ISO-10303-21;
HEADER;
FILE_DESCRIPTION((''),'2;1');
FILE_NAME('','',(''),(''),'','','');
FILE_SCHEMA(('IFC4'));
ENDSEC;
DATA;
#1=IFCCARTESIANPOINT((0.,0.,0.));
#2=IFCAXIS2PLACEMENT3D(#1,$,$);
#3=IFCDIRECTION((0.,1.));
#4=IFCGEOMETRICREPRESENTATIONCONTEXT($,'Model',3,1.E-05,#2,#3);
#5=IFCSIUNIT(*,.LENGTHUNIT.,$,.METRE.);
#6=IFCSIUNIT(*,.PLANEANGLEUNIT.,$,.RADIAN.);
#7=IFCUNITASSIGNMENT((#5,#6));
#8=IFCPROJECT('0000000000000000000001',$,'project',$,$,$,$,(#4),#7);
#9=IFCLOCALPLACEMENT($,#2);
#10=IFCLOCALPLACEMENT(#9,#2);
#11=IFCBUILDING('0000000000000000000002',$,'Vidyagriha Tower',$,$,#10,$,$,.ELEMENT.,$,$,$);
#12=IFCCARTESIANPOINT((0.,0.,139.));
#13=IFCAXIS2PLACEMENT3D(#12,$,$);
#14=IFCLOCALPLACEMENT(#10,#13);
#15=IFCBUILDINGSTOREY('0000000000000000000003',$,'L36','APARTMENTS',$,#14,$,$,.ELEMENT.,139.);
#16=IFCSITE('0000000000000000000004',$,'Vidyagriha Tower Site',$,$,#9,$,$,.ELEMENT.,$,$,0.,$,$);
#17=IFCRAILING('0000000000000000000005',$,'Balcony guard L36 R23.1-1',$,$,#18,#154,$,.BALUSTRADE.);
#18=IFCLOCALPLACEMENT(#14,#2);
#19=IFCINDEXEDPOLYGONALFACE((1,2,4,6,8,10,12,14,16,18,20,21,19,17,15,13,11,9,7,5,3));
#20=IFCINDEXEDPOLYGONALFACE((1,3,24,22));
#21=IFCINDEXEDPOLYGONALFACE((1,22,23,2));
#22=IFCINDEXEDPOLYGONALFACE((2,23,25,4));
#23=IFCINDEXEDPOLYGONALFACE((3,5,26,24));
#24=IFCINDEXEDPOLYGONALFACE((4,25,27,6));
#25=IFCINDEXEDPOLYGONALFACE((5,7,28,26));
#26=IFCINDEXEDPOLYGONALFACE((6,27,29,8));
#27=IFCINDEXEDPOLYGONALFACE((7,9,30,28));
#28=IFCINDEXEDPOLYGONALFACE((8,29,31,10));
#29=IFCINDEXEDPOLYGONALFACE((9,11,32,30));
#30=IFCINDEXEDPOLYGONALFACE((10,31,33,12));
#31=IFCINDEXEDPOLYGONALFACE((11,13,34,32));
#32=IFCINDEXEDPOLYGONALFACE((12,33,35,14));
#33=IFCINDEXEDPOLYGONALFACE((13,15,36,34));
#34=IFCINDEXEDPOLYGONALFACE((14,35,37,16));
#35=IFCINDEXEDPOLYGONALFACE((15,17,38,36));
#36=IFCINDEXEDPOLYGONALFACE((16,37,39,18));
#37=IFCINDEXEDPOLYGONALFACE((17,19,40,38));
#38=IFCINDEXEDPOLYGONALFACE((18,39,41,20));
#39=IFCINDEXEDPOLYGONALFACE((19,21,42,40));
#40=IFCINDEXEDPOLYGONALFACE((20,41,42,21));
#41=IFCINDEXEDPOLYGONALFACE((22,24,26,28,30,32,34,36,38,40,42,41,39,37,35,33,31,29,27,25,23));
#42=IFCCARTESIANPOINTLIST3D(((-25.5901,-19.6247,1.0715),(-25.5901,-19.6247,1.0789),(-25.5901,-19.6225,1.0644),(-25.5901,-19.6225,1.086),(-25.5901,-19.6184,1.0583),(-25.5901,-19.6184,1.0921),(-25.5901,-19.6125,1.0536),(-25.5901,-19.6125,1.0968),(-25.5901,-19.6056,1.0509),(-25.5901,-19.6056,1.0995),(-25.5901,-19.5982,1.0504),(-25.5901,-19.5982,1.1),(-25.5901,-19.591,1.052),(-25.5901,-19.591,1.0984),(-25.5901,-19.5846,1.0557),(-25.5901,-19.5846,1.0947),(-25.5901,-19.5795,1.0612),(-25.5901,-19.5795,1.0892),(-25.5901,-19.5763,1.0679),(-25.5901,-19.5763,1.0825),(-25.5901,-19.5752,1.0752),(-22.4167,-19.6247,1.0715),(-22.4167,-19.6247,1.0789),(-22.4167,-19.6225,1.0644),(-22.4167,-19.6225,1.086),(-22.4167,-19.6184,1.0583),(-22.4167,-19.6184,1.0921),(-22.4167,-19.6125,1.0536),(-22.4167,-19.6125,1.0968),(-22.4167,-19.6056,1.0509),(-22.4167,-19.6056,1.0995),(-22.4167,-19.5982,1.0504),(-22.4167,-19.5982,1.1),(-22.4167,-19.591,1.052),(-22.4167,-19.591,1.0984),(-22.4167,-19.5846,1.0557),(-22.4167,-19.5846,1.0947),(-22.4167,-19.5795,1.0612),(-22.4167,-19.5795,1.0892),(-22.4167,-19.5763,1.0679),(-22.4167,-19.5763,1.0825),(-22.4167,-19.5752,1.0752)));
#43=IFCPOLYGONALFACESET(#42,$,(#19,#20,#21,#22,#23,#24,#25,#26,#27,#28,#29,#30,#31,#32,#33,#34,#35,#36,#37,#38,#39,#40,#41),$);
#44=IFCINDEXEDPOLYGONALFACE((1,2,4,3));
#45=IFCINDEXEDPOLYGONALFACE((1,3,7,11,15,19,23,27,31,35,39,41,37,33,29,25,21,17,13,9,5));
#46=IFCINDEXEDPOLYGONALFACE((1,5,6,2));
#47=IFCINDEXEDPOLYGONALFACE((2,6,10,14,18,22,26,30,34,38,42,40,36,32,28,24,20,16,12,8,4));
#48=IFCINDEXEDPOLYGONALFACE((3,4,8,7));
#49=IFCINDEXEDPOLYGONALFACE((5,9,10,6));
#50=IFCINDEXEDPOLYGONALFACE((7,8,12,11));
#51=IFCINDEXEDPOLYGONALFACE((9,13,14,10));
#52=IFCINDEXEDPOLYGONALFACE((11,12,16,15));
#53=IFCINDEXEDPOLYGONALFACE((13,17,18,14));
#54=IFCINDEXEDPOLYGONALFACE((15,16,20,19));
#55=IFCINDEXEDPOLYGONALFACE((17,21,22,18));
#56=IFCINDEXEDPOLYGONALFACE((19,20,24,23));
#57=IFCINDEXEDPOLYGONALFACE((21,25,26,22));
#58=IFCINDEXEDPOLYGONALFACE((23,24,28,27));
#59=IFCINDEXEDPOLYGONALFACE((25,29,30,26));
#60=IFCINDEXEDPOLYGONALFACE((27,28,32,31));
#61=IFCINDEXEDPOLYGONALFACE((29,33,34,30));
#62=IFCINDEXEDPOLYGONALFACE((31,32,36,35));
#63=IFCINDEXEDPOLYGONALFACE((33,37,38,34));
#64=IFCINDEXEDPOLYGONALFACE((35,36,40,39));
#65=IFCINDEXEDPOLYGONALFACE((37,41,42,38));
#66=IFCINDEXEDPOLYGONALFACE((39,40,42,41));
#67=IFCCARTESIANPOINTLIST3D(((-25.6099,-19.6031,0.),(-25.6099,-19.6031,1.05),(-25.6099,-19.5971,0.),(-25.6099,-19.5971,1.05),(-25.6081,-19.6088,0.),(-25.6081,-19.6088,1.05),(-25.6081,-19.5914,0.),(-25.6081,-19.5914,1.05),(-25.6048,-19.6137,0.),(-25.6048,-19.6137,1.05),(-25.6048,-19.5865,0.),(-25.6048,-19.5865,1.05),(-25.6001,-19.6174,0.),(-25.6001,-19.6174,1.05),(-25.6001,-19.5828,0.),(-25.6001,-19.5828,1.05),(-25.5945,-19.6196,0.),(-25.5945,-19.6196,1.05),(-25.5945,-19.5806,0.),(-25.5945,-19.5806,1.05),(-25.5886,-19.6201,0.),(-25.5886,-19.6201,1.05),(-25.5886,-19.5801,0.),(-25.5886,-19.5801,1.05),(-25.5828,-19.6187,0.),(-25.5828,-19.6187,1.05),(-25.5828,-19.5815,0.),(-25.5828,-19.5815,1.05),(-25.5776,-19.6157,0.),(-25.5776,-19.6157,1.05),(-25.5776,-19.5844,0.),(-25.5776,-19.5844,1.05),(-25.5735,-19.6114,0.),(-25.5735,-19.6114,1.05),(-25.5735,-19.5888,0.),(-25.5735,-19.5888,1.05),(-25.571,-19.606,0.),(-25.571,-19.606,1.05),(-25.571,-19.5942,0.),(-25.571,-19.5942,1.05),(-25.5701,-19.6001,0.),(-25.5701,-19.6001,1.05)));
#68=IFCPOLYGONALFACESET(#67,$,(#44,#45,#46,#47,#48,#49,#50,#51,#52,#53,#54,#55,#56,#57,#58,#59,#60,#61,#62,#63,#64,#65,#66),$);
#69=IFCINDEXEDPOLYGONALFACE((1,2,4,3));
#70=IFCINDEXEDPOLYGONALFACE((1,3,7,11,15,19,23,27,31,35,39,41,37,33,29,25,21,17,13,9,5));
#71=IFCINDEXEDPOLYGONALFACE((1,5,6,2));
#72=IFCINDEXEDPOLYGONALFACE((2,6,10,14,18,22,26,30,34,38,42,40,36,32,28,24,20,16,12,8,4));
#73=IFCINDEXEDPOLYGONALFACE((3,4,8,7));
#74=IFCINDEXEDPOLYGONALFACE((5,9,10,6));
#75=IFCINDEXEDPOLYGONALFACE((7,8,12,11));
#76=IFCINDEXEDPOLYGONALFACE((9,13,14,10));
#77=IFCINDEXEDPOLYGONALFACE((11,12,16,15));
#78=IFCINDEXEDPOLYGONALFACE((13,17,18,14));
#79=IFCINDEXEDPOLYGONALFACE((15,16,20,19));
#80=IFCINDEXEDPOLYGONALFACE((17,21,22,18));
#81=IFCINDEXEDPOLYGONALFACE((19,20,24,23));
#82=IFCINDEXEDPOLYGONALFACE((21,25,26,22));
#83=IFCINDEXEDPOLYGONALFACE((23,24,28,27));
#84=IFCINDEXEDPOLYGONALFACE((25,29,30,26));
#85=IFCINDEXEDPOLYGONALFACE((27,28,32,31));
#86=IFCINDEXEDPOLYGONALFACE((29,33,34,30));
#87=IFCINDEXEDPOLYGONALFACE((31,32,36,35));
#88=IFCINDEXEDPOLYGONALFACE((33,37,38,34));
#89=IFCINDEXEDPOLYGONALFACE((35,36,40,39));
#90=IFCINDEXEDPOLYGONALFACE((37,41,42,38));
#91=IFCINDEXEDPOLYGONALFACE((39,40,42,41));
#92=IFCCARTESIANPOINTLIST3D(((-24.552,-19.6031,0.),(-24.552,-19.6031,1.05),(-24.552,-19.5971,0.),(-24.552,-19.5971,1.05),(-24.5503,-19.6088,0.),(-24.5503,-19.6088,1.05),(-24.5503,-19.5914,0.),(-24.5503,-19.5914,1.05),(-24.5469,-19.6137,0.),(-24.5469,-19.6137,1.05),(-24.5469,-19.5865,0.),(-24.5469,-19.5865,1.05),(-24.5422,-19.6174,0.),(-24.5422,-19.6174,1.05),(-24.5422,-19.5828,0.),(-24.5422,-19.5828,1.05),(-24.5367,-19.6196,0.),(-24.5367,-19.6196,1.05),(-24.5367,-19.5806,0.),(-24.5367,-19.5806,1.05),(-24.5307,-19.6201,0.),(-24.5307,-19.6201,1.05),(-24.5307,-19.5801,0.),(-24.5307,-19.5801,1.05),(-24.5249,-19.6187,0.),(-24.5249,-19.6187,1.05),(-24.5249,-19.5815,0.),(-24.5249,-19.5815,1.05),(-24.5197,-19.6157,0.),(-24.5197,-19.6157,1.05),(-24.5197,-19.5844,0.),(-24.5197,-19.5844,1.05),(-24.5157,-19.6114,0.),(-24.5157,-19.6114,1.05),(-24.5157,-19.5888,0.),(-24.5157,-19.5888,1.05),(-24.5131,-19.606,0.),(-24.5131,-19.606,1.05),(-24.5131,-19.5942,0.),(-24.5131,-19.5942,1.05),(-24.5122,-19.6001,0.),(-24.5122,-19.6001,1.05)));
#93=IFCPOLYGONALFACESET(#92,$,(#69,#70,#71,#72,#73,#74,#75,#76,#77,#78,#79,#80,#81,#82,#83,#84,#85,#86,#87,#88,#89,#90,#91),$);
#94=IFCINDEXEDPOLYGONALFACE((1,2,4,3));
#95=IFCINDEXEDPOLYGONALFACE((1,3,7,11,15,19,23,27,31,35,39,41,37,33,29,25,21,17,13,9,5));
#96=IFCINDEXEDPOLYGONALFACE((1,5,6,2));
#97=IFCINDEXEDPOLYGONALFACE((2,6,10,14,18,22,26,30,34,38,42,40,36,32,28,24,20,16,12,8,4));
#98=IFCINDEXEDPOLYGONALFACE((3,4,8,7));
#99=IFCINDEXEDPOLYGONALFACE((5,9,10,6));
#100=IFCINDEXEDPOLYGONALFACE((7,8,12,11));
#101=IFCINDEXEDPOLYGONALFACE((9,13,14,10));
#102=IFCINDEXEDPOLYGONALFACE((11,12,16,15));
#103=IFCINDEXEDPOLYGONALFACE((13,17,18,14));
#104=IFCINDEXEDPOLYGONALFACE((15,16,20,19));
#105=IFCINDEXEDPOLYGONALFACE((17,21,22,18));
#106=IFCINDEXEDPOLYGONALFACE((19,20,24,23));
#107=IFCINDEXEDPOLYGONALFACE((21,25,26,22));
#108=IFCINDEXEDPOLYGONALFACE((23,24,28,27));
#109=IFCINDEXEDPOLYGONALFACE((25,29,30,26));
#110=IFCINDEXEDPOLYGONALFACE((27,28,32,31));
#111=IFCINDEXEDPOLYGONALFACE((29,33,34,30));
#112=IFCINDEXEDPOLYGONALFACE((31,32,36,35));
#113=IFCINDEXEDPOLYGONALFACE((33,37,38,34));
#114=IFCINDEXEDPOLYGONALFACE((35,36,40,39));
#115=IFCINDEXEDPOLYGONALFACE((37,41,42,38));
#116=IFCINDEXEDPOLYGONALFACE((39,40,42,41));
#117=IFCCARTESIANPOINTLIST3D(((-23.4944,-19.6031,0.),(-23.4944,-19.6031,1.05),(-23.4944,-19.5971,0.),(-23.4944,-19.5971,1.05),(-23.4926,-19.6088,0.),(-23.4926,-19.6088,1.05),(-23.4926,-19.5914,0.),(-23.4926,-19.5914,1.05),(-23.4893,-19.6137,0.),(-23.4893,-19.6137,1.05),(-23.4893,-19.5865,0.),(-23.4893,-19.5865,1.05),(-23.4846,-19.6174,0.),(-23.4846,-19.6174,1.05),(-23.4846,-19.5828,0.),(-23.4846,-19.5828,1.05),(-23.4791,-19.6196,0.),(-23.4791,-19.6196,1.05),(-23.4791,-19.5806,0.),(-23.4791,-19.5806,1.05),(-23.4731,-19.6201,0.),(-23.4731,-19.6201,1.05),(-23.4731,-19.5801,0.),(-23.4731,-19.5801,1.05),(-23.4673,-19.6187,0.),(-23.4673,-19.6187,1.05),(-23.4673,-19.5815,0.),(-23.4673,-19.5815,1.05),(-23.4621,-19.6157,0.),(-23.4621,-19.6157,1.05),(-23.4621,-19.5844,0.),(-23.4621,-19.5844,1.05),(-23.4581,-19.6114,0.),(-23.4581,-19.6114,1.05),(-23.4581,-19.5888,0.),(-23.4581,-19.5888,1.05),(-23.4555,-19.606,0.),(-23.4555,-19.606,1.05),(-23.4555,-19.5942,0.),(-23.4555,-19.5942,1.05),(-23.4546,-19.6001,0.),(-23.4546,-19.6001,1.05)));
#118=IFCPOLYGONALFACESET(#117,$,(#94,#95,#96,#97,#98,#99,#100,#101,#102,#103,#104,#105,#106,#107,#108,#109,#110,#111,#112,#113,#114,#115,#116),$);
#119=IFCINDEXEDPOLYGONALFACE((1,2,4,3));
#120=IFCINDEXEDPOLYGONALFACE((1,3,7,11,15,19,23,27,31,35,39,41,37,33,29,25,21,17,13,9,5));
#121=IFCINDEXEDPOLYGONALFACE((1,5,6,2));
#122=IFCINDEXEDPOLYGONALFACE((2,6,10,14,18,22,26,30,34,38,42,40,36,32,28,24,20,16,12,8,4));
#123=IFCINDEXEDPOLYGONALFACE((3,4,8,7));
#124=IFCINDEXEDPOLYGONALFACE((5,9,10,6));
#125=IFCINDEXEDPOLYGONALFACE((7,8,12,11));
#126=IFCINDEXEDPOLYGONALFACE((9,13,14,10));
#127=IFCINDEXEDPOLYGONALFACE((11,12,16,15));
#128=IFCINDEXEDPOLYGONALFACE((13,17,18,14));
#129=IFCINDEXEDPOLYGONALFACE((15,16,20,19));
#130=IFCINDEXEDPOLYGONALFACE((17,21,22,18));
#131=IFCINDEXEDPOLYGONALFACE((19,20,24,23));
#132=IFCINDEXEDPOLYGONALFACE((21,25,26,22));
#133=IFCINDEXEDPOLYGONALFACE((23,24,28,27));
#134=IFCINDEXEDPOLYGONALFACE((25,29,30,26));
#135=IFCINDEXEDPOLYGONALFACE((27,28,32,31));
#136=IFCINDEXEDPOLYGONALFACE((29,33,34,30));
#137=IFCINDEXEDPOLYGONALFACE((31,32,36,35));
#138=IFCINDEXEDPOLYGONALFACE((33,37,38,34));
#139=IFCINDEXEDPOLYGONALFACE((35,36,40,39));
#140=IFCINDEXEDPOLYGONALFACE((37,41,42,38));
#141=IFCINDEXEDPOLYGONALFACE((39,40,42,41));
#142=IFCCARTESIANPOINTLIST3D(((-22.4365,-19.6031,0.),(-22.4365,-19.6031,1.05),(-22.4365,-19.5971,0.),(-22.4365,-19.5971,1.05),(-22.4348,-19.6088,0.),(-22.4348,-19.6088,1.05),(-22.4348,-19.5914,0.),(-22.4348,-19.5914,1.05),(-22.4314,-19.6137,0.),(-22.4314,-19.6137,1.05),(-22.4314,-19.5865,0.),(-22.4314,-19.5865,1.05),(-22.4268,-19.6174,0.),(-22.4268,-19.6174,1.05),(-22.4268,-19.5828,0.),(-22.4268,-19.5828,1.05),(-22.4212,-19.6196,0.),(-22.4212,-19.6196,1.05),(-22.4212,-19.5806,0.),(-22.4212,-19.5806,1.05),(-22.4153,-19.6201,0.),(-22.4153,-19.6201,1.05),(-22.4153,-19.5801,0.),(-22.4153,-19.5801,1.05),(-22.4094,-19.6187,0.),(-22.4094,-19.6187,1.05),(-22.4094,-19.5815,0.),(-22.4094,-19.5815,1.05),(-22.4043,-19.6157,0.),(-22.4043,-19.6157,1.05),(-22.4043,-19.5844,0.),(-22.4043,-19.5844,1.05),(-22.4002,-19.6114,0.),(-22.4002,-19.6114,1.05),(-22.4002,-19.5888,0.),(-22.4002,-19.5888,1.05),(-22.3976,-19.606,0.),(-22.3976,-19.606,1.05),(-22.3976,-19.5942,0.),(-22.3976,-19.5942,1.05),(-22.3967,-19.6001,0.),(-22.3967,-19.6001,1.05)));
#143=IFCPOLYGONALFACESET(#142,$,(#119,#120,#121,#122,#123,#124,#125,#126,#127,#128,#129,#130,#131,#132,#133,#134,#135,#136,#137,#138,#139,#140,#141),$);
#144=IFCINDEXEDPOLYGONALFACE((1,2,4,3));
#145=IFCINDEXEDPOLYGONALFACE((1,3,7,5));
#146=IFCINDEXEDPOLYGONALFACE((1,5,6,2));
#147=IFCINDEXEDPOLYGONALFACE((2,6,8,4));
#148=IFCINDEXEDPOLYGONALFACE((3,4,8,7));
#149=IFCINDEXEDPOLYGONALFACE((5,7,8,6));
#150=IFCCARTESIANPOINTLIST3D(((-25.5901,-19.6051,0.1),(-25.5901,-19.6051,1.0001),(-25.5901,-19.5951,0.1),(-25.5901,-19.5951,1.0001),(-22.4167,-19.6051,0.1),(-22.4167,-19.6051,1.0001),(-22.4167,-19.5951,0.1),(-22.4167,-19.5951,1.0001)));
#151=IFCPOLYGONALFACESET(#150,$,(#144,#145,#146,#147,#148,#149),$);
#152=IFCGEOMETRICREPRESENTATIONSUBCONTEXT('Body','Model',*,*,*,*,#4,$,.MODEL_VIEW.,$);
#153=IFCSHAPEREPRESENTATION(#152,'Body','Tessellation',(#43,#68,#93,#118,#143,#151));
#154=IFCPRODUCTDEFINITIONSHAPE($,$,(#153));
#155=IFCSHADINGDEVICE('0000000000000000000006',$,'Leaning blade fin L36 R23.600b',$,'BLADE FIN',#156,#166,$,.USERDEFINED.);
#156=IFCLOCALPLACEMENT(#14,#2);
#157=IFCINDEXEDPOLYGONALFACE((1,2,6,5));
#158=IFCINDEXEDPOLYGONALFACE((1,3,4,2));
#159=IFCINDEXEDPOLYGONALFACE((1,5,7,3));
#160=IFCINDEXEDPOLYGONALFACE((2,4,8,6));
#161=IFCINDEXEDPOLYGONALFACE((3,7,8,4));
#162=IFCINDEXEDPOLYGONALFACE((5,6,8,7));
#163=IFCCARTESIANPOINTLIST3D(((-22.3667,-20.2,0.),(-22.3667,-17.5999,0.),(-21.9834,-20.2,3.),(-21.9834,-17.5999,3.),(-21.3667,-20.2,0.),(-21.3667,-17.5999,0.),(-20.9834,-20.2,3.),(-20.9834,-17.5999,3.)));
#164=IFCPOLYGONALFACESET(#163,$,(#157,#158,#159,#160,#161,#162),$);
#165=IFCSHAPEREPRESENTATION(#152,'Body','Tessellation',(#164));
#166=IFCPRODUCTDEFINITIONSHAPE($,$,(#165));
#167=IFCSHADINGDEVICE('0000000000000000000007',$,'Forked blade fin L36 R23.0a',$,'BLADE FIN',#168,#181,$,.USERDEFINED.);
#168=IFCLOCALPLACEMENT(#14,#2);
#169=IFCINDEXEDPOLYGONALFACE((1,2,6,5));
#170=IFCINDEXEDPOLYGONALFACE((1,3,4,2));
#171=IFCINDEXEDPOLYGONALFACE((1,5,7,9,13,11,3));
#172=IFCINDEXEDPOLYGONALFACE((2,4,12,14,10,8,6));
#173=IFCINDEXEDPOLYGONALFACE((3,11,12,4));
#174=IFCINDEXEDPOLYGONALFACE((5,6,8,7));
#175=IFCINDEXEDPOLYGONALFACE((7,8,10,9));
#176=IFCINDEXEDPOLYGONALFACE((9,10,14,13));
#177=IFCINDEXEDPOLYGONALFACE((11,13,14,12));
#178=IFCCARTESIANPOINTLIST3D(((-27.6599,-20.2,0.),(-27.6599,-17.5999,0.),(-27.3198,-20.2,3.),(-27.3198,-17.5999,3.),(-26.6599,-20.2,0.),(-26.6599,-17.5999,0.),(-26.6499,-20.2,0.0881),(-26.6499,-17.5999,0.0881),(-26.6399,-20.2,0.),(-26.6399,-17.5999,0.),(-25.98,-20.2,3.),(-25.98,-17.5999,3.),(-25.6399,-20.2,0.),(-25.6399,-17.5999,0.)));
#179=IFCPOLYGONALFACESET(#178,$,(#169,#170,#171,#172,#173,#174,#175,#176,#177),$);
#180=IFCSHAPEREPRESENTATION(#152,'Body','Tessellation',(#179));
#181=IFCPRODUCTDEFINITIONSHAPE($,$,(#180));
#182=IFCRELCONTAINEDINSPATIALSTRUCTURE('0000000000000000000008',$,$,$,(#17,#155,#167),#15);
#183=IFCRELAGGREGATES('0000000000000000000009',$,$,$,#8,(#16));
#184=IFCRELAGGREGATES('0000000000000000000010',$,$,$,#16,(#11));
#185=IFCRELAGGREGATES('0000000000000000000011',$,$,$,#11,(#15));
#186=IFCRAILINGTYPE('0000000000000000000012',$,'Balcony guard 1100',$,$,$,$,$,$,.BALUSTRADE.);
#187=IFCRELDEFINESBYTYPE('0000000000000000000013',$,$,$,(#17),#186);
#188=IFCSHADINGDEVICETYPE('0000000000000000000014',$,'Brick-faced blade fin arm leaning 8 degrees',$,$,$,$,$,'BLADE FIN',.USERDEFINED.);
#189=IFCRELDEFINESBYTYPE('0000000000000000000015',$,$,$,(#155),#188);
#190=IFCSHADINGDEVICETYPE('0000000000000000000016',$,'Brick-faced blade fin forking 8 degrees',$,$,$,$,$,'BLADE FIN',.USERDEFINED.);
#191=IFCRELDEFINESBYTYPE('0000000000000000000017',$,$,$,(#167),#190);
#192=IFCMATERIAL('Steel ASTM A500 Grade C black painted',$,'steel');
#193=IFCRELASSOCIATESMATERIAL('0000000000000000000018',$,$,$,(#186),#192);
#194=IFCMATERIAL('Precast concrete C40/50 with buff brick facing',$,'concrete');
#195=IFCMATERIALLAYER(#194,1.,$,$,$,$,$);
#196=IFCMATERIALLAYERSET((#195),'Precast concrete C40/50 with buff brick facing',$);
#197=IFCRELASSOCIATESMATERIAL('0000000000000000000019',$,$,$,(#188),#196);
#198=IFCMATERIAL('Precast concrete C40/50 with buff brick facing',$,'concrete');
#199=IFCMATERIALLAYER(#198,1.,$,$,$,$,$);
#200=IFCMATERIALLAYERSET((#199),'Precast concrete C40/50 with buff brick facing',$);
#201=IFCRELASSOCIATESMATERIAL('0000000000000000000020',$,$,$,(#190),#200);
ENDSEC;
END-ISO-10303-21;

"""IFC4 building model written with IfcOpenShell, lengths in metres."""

from ifc_helpers import new_model, si_unit, direction, frame, origin, origin_2d, place, context, subcontext, project, spatial, polyline, rectangle, circle, outline, extrude, material, layer, layer_set, type_object, element, save


model = new_model("IFC4")

# Units and contexts
model_context = context("Model", 3, precision=1e-05, world=origin(), true_north=direction((0.0, 1.0)))
body_context = subcontext(model_context, "Body", "Model", "MODEL_VIEW")
ifc_project = project(units=[si_unit("LENGTHUNIT", "METRE"), si_unit("PLANEANGLEUNIT", "RADIAN")], contexts=[model_context])

# Site, building, storey
site_placement = place(None, origin())
site = spatial("IfcSite", under=ifc_project, at=site_placement, Name="Vidyagriha Tower Site", CompositionType="ELEMENT", RefElevation=0.0)
building_placement = place(site_placement, origin())
building = spatial("IfcBuilding", under=site, at=building_placement, Name="Vidyagriha Tower", CompositionType="ELEMENT")
storey_placement = place(building_placement, frame((0.0, 0.0, 139.0)))
storey = spatial("IfcBuildingStorey", under=building, at=storey_placement, Name="L36", Description="APARTMENTS", CompositionType="ELEMENT", Elevation=139.0)

# Railing
ifc_material_1 = material(Name="Steel ASTM A500 Grade C black painted", Category="steel")
railing_type_1 = type_object("IfcRailingType", Name="Balcony guard 1100", PredefinedType="BALUSTRADE", material=ifc_material_1)
railing_1_placement = place(storey_placement, frame((-25.5901, -19.6001, 0.0)))
element("IfcRailing", 1, at=railing_1_placement, inside=storey, type_object=railing_type_1, Name="Balcony guard L36 R23.1-1", PredefinedType="BALUSTRADE", context=body_context, shape_type="SweptSolid", body=[
    extrude(circle(Radius=0.0249, at=origin_2d()), frame((0.0, 0.0, 1.0752), z_axis=(1.0, 0.0, 0.0), x_axis=(0.0, 1.0, 0.0)), (0.0, 0.0, 1.0), 3.1733),
    extrude(circle(Radius=0.02, at=origin_2d()), origin(), (0.0, 0.0, 1.0), 1.05),
    extrude(circle(Radius=0.02, at=origin_2d()), frame((1.0579, 0.0, 0.0)), (0.0, 0.0, 1.0), 1.05),
    extrude(circle(Radius=0.02, at=origin_2d()), frame((2.1155, 0.0, 0.0)), (0.0, 0.0, 1.0), 1.05),
    extrude(circle(Radius=0.02, at=origin_2d()), frame((3.1733, 0.0, 0.0)), (0.0, 0.0, 1.0), 1.05),
    extrude(rectangle(XDim=0.01, YDim=0.9001, at=origin_2d()), frame((0.0, 0.0, 0.55), z_axis=(1.0, 0.0, 0.0), x_axis=(0.0, 1.0, 0.0)), (0.0, 0.0, 1.0), 3.1733),
])

# Shading devices
ifc_material_2 = material(Name="Precast concrete C40/50 with buff brick facing", Category="concrete")
ifc_layer_1 = layer(ifc_material_2, 1.0)
ifc_layer_set_1 = layer_set([ifc_layer_1], Name="Precast concrete C40/50 with buff brick facing")
shading_device_type_1 = type_object("IfcShadingDeviceType", Name="Brick-faced blade fin arm leaning 8 degrees", ElementType="BLADE FIN", PredefinedType="USERDEFINED", material=ifc_layer_set_1)
shading_device_1_placement = place(storey_placement, frame((-22.3667, -18.8999, 0.0)))
element("IfcShadingDevice", 2, at=shading_device_1_placement, inside=storey, type_object=shading_device_type_1, Name="Leaning blade fin L36 R23.600b", ObjectType="BLADE FIN", PredefinedType="USERDEFINED", context=body_context, shape_type="SweptSolid", body=[
    extrude(outline(polyline([(0.0, 0.0), (1.0, 0.0), (1.3833, 3.0), (0.3833, 3.0), (0.0, 0.0)])), frame((0.0, 1.3, 0.0), z_axis=(0.0, -1.0, 0.0), x_axis=(1.0, 0.0, 0.0)), (0.0, 0.0, 1.0), 2.6001),
])
ifc_material_3 = material(Name="Precast concrete C40/50 with buff brick facing", Category="concrete")
ifc_layer_2 = layer(ifc_material_3, 1.0)
ifc_layer_set_2 = layer_set([ifc_layer_2], Name="Precast concrete C40/50 with buff brick facing")
shading_device_type_2 = type_object("IfcShadingDeviceType", Name="Brick-faced blade fin forking 8 degrees", ElementType="BLADE FIN", PredefinedType="USERDEFINED", material=ifc_layer_set_2)
shading_device_2_placement = place(storey_placement, frame((-27.6599, -18.8999, 0.0)))
element("IfcShadingDevice", 3, at=shading_device_2_placement, inside=storey, type_object=shading_device_type_2, Name="Forked blade fin L36 R23.0a", ObjectType="BLADE FIN", PredefinedType="USERDEFINED", context=body_context, shape_type="SweptSolid", body=[
    extrude(outline(polyline([(1.0, 0.0), (1.01, 0.0881), (1.02, 0.0), (2.02, 0.0), (1.6799, 3.0), (0.3401, 3.0), (0.0, 0.0), (1.0, 0.0)])), frame((0.0, 1.3, 0.0), z_axis=(0.0, -1.0, 0.0), x_axis=(1.0, 0.0, 0.0)), (0.0, 0.0, 1.0), 2.6001),
])

save(model, "model.ifc")
